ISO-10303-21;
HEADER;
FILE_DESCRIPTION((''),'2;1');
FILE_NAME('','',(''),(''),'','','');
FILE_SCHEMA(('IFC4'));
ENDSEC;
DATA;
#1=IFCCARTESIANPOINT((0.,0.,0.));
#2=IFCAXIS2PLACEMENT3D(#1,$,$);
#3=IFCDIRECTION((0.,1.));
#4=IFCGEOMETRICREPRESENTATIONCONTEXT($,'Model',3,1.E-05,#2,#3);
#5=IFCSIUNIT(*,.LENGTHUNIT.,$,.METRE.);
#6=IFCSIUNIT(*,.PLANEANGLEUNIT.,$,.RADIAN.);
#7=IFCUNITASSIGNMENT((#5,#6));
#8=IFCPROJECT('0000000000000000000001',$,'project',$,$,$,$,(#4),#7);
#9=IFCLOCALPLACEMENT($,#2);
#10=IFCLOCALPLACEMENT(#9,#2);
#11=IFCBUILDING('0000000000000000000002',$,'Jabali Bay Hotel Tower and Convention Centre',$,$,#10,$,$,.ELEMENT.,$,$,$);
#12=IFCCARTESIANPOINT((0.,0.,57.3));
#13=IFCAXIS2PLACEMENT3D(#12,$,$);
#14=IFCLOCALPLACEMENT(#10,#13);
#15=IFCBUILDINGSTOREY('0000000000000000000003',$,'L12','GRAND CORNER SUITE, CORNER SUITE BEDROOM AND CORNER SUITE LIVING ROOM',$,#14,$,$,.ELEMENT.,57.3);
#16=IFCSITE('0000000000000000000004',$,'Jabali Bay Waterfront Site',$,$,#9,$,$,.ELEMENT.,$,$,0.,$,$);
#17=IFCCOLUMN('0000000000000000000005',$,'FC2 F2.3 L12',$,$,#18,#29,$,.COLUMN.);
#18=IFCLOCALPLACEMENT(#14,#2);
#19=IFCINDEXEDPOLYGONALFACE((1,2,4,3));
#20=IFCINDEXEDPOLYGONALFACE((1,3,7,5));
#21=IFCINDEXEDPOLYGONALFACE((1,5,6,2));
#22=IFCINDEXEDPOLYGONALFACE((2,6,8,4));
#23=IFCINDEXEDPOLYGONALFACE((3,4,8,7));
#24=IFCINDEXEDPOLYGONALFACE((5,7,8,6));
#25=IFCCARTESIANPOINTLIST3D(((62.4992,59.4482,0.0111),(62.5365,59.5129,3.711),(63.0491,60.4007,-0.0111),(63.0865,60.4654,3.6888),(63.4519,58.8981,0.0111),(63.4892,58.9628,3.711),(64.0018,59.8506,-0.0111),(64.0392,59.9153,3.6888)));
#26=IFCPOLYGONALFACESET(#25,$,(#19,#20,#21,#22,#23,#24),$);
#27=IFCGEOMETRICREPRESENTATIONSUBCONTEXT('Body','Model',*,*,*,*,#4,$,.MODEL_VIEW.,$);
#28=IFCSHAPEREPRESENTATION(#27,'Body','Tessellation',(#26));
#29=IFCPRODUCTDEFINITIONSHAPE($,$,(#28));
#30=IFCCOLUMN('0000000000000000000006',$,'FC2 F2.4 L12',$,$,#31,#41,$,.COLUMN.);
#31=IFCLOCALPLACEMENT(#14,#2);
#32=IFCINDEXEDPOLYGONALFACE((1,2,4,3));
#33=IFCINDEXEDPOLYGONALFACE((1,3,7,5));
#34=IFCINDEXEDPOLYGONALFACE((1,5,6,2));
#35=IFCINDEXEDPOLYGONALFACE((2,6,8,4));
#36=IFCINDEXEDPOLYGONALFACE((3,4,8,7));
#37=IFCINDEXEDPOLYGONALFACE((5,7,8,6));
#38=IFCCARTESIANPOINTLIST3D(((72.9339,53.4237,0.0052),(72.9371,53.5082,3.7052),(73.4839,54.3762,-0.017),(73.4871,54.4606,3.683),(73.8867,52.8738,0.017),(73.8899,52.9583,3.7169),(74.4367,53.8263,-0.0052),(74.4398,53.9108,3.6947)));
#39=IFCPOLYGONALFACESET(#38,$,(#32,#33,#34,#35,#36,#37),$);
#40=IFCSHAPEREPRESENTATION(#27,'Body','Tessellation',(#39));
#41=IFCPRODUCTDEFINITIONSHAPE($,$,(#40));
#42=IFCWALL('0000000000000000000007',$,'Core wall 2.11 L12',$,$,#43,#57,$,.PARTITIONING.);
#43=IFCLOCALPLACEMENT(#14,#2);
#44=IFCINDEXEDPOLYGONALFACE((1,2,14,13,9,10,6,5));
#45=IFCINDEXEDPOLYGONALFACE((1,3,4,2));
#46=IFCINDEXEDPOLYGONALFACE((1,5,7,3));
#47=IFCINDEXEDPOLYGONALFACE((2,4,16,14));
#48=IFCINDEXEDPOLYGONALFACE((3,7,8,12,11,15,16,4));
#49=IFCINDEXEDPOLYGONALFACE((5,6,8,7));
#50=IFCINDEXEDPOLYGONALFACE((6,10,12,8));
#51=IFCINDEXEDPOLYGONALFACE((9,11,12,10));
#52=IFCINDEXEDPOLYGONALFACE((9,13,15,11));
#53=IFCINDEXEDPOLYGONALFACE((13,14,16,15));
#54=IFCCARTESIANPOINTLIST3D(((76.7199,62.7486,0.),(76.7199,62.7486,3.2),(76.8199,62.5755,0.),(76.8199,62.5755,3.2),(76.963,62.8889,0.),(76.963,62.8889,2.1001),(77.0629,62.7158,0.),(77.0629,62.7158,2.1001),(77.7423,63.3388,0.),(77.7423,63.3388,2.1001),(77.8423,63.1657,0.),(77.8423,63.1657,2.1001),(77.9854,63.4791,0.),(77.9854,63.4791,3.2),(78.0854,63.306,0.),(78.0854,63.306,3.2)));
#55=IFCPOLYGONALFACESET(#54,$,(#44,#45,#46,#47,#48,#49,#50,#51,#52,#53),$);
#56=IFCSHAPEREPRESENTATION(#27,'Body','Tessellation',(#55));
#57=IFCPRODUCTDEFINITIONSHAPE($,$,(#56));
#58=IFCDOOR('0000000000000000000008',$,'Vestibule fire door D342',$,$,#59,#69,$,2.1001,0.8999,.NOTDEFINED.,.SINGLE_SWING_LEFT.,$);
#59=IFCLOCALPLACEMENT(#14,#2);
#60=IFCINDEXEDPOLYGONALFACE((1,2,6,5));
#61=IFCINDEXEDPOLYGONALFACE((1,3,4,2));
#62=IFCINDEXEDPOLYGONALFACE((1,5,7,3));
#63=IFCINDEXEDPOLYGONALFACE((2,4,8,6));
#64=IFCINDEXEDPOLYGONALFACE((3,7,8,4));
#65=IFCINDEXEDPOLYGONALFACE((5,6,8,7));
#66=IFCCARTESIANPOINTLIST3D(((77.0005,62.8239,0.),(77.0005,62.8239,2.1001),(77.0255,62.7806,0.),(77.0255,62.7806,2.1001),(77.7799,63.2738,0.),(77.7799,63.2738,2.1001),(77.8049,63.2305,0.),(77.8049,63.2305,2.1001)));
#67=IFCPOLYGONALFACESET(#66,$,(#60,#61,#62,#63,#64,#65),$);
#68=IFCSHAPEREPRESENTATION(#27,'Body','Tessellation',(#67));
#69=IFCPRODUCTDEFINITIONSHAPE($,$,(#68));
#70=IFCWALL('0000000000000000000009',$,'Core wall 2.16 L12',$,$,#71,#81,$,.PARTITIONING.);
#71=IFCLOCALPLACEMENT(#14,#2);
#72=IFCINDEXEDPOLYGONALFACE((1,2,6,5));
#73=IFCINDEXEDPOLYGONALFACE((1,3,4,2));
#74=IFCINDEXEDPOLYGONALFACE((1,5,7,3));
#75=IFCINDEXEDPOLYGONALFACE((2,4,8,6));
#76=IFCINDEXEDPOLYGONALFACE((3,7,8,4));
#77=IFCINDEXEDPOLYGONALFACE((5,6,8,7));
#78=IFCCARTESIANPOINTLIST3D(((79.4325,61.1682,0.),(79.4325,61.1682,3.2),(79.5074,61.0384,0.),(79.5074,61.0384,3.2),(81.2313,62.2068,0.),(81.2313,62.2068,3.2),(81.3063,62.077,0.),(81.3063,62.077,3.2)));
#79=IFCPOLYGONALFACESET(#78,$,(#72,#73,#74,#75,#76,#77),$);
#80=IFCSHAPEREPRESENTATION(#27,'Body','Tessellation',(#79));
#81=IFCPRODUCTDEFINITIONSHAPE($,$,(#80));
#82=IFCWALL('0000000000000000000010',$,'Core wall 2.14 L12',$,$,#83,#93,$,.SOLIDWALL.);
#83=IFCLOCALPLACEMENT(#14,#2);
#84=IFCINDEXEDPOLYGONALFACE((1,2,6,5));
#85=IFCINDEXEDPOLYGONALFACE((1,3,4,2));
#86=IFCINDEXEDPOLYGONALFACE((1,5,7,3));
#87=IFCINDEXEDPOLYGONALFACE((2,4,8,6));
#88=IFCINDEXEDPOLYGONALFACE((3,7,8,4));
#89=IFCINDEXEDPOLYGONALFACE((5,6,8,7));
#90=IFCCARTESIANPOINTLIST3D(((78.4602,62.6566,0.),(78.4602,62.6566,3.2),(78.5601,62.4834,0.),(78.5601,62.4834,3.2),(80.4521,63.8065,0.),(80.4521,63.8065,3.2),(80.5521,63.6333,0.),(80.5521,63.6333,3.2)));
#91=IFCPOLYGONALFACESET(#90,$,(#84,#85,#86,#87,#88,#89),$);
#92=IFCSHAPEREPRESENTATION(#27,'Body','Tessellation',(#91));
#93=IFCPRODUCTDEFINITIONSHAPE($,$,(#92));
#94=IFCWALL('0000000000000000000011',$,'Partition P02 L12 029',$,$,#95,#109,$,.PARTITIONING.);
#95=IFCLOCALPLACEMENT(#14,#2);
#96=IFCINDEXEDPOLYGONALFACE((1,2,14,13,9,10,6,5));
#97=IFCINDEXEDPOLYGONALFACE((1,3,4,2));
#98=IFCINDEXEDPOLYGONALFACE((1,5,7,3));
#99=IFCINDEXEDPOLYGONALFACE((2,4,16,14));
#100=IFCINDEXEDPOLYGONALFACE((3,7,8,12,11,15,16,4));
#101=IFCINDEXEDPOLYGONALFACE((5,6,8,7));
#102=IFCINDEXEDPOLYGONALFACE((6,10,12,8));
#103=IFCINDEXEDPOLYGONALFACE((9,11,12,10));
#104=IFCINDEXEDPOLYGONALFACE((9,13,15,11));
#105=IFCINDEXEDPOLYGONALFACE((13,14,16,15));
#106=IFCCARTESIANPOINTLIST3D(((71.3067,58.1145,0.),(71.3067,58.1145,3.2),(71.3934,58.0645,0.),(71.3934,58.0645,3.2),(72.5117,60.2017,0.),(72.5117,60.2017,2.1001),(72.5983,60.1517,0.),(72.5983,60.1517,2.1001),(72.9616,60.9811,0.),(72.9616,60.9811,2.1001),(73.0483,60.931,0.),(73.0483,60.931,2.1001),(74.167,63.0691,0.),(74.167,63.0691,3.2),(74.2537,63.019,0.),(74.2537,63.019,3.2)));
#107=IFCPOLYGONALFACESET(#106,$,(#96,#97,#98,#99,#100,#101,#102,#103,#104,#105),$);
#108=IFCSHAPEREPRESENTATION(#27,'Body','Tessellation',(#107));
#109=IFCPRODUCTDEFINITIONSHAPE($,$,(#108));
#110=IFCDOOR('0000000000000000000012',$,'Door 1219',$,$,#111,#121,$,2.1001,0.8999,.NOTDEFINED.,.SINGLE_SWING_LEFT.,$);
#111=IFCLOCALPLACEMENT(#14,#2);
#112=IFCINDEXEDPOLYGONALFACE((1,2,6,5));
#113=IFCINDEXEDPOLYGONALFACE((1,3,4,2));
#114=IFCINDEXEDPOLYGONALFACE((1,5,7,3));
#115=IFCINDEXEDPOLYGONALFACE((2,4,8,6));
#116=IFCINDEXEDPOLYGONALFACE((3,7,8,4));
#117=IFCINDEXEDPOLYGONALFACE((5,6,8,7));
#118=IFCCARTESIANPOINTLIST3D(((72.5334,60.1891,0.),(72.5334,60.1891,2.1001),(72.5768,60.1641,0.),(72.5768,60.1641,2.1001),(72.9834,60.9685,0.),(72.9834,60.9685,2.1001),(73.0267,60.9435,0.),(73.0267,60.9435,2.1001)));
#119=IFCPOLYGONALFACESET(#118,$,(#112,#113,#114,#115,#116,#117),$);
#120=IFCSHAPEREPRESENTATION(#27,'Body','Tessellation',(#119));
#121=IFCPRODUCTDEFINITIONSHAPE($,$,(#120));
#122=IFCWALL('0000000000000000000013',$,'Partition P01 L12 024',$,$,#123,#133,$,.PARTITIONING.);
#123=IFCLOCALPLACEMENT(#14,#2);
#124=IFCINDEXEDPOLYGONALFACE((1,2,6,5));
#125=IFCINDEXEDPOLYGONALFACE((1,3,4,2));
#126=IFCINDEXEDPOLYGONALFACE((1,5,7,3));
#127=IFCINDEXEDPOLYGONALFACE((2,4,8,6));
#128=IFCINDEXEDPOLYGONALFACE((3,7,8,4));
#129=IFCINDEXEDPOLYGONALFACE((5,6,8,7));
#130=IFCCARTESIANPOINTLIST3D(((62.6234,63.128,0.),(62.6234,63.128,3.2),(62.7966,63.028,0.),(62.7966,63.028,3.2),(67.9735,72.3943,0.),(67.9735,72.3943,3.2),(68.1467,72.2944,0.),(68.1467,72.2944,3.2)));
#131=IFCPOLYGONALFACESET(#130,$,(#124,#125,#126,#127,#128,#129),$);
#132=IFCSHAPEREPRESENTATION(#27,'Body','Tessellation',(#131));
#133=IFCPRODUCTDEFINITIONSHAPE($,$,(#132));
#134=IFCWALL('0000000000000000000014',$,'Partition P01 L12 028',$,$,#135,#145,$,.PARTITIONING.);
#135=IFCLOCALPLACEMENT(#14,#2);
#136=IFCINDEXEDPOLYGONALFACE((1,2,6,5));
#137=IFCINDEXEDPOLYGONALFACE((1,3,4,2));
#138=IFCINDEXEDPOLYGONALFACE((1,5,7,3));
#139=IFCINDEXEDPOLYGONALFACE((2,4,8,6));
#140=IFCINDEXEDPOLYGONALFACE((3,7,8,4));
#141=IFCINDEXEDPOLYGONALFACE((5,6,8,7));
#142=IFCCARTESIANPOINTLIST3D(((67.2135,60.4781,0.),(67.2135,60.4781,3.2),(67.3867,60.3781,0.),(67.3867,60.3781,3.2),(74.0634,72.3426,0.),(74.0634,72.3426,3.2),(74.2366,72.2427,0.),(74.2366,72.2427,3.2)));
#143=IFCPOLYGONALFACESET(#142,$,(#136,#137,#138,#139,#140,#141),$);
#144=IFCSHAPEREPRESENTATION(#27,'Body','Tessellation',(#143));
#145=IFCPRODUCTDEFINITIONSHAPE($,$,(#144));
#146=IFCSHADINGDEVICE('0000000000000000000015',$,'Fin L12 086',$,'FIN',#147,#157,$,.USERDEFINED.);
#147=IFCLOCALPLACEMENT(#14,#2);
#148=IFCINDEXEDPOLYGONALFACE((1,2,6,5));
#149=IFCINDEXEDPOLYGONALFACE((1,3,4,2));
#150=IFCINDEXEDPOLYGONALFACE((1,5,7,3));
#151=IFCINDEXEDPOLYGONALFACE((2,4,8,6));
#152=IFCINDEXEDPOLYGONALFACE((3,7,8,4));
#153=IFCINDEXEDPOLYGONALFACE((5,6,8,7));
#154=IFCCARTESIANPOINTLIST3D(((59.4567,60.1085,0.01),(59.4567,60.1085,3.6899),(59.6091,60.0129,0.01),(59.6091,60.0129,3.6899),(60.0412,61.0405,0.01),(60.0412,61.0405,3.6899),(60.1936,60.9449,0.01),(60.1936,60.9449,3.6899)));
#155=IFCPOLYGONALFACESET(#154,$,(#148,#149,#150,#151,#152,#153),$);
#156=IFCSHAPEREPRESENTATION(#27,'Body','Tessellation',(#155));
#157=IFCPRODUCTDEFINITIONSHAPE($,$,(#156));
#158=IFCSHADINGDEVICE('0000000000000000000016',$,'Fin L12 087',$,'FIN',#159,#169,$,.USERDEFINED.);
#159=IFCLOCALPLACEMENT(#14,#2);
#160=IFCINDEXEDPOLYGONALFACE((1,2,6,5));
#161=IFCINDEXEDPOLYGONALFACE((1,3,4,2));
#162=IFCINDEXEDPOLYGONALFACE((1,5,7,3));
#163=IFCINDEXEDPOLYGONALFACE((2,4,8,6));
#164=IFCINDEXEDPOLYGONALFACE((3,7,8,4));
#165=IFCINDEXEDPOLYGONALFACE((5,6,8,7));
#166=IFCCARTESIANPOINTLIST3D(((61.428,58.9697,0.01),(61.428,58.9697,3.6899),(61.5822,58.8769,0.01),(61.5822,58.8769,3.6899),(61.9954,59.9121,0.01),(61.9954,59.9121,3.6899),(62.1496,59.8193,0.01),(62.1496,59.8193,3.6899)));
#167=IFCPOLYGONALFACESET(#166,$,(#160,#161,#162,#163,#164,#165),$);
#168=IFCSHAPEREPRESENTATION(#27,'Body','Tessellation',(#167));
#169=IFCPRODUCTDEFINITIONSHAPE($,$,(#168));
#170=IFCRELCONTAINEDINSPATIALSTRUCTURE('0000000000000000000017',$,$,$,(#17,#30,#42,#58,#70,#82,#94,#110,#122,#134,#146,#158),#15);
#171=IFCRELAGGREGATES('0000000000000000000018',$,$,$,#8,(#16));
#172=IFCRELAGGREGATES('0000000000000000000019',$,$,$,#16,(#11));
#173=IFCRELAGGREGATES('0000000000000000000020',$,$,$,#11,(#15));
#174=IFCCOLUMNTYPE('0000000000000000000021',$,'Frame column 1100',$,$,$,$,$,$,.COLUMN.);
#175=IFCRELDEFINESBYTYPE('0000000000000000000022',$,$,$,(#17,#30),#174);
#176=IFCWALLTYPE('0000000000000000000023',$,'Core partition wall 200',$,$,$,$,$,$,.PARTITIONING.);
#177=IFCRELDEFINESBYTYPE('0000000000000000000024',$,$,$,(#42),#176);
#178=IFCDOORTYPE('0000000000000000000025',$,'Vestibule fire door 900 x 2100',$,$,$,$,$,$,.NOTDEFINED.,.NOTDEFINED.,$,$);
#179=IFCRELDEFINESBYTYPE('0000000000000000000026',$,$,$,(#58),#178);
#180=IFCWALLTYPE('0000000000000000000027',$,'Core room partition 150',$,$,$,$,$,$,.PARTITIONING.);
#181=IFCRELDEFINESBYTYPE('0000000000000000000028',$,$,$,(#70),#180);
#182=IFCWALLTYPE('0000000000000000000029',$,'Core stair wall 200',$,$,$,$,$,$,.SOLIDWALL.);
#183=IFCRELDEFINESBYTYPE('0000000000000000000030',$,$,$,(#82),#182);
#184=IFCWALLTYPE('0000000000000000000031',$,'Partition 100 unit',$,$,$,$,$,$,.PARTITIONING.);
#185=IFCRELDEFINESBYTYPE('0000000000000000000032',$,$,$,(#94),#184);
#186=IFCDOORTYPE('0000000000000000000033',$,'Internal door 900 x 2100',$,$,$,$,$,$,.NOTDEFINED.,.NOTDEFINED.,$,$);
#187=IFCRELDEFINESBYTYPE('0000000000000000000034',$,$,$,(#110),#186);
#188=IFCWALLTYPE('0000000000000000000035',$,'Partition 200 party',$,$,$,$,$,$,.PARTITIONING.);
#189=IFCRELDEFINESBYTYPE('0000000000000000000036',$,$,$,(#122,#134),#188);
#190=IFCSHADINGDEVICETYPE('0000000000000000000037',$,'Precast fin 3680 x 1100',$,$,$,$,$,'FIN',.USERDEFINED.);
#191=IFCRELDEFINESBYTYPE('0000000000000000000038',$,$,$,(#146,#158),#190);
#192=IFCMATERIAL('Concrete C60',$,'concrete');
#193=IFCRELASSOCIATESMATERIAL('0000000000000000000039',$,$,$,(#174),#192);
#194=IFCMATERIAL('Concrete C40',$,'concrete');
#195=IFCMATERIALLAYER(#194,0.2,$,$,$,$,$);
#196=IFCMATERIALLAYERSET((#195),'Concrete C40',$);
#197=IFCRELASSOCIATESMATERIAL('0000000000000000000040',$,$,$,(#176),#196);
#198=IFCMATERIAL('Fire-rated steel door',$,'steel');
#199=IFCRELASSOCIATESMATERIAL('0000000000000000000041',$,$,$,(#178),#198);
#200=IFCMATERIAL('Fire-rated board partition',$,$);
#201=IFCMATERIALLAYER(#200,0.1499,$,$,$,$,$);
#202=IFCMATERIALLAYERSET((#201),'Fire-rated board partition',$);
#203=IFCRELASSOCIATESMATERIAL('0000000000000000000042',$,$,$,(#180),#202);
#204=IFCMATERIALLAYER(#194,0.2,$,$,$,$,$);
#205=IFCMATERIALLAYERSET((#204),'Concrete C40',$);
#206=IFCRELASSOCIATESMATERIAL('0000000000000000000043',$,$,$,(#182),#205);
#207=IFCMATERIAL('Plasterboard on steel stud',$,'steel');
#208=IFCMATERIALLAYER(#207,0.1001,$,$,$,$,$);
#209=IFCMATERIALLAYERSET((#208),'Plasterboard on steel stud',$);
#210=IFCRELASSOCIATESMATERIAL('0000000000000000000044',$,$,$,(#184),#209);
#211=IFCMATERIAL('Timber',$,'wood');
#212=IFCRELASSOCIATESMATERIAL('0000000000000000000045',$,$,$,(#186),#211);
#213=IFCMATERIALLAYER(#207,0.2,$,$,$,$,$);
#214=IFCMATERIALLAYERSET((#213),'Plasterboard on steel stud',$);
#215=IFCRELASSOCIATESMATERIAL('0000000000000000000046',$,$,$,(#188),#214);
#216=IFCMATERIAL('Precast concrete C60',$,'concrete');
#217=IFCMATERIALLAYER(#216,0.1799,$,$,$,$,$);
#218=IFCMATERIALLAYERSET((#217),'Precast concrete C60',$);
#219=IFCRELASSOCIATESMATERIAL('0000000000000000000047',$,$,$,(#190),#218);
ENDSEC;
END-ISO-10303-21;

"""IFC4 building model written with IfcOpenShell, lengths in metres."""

from ifc_helpers import new_model, si_unit, direction, frame, frame_2d, origin, origin_2d, place, context, subcontext, project, spatial, rectangle, extrude, material, layer, layer_set, material_profile, profile_set, type_object, element, fill, save


model = new_model("IFC4")

# Units and contexts
model_context = context("Model", 3, precision=1e-05, world=origin(), true_north=direction((0.0, 1.0)))
body_context = subcontext(model_context, "Body", "Model", "MODEL_VIEW")
ifc_project = project(units=[si_unit("LENGTHUNIT", "METRE"), si_unit("PLANEANGLEUNIT", "RADIAN")], contexts=[model_context])

# Site, building, storey
site_placement = place(None, origin())
site = spatial("IfcSite", under=ifc_project, at=site_placement, Name="Jabali Bay Waterfront Site", CompositionType="ELEMENT", RefElevation=0.0)
building_placement = place(site_placement, origin())
building = spatial("IfcBuilding", under=site, at=building_placement, Name="Jabali Bay Hotel Tower and Convention Centre", CompositionType="ELEMENT")
storey_placement = place(building_placement, frame((0.0, 0.0, 57.3)))
storey = spatial("IfcBuildingStorey", under=building, at=storey_placement, Name="L12", Description="GRAND CORNER SUITE, CORNER SUITE BEDROOM AND CORNER SUITE LIVING ROOM", CompositionType="ELEMENT", Elevation=57.3)

# Columns
ifc_material_1 = material(Name="Concrete C60", Category="concrete")
ifc_material_profile = material_profile(ifc_material_1, rectangle(XDim=1.1001, YDim=1.1001, at=origin_2d()), Name="Frame column 1100")
ifc_profile_set = profile_set([ifc_material_profile], Name="Concrete C60")
column_type = type_object("IfcColumnType", Name="Frame column 1100", PredefinedType="COLUMN", material=ifc_profile_set)
column_1_placement = place(storey_placement, frame((63.2505, 59.6494, 0.0), z_axis=(0.010094, 0.017482, 0.999796), x_axis=(-0.866026, 0.499999, 0.0)))
element("IfcColumn", 1, at=column_1_placement, inside=storey, type_object=column_type, Name="FC2 F2.3 L12", PredefinedType="COLUMN", context=body_context, shape_type="SweptSolid", body=[
    extrude(rectangle(XDim=1.1001, YDim=1.1001, at=origin_2d()), origin(), (0.0, 0.0, 1.0), 3.7007),
])
column_2_placement = place(storey_placement, frame((73.6853, 53.625, 0.0), z_axis=(0.000858, 0.022825, 0.999739), x_axis=(-0.499939, -0.865825, 0.020196)))
element("IfcColumn", 2, at=column_2_placement, inside=storey, type_object=column_type, Name="FC2 F2.4 L12", PredefinedType="COLUMN", context=body_context, shape_type="SweptSolid", body=[
    extrude(rectangle(XDim=1.1001, YDim=1.1001, at=origin_2d()), origin(), (0.0, 0.0, 1.0), 3.7009),
])

# Wall, opening, door
ifc_material_2 = material(Name="Concrete C40", Category="concrete")
ifc_layer_1 = layer(ifc_material_2, 0.2)
ifc_layer_set_1 = layer_set([ifc_layer_1], Name="Concrete C40")
wall_type_1 = type_object("IfcWallType", Name="Core partition wall 200", PredefinedType="PARTITIONING", material=ifc_layer_set_1)
wall_1_placement = place(storey_placement, frame((76.77, 62.6621, 0.0), z_axis=(0.0, 0.0, 1.0), x_axis=(0.866055, 0.499949, 0.0)))
wall_1 = element("IfcWall", 3, at=wall_1_placement, inside=storey, type_object=wall_type_1, Name="Core wall 2.11 L12", PredefinedType="PARTITIONING", context=body_context, shape_type="SweptSolid", body=[
    extrude(rectangle(XDim=1.4612, YDim=0.2, at=frame_2d((0.7305, 0.0))), origin(), (0.0, 0.0, 1.0), 3.2),
])
opening_1_placement = place(wall_1_placement, frame((0.2805, 0.0, 0.0)))
opening_1 = element("IfcOpeningElement", 4, at=opening_1_placement, cuts=wall_1, PredefinedType="OPENING", context=body_context, shape_type="SweptSolid", body=[
    extrude(rectangle(XDim=0.8999, YDim=2.1001, at=frame_2d((0.45, 1.05))), frame((0.0, 0.1104, 0.0), z_axis=(0.0, -1.0, 0.0), x_axis=(1.0, 0.0, 0.0)), (0.0, 0.0, 1.0), 0.2209),
])
ifc_material_3 = material(Name="Fire-rated steel door", Category="steel")
door_type_1 = type_object("IfcDoorType", Name="Vestibule fire door 900 x 2100", OperationType="NOTDEFINED", PredefinedType="NOTDEFINED", material=ifc_material_3)
door_1_placement = place(opening_1_placement, origin())
door_1 = element("IfcDoor", 5, at=door_1_placement, inside=storey, type_object=door_type_1, Name="Vestibule fire door D342", OperationType="SINGLE_SWING_LEFT", OverallHeight=2.1001, OverallWidth=0.8999, PredefinedType="NOTDEFINED", context=body_context, shape_type="SweptSolid", body=[
    extrude(rectangle(XDim=0.8999, YDim=2.1001, at=frame_2d((0.45, 1.05))), frame((0.0, 0.0249, 0.0), z_axis=(0.0, -1.0, 0.0), x_axis=(1.0, 0.0, 0.0)), (0.0, 0.0, 1.0), 0.05),
])
fill(opening_1, door_1)

# Walls
ifc_material_4 = material(Name="Fire-rated board partition")
ifc_layer_2 = layer(ifc_material_4, 0.1499)
ifc_layer_set_2 = layer_set([ifc_layer_2], Name="Fire-rated board partition")
wall_type_2 = type_object("IfcWallType", Name="Core room partition 150", PredefinedType="PARTITIONING", material=ifc_layer_set_2)
wall_2_placement = place(storey_placement, frame((79.47, 61.1033, 0.0), z_axis=(0.0, 0.0, 1.0), x_axis=(0.866021, 0.500007, 0.0)))
element("IfcWall", 6, at=wall_2_placement, inside=storey, type_object=wall_type_2, Name="Core wall 2.16 L12", PredefinedType="PARTITIONING", context=body_context, shape_type="SweptSolid", body=[
    extrude(rectangle(XDim=2.0771, YDim=0.1499, at=frame_2d((1.0386, 0.0))), origin(), (0.0, 0.0, 1.0), 3.2),
])
ifc_layer_3 = layer(ifc_material_2, 0.2)
ifc_layer_set_3 = layer_set([ifc_layer_3], Name="Concrete C40")
wall_type_3 = type_object("IfcWallType", Name="Core stair wall 200", PredefinedType="SOLIDWALL", material=ifc_layer_set_3)
wall_3_placement = place(storey_placement, frame((78.5103, 62.5701, 0.0), z_axis=(0.0, 0.0, 1.0), x_axis=(0.866053, 0.499952, 0.0)))
element("IfcWall", 7, at=wall_3_placement, inside=storey, type_object=wall_type_3, Name="Core wall 2.14 L12", PredefinedType="SOLIDWALL", context=body_context, shape_type="SweptSolid", body=[
    extrude(rectangle(XDim=2.3, YDim=0.2, at=frame_2d((1.1499, 0.0))), origin(), (0.0, 0.0, 1.0), 3.2),
])

# Wall, opening, door
ifc_material_5 = material(Name="Plasterboard on steel stud", Category="steel")
ifc_layer_4 = layer(ifc_material_5, 0.1001)
ifc_layer_set_4 = layer_set([ifc_layer_4], Name="Plasterboard on steel stud")
wall_type_4 = type_object("IfcWallType", Name="Partition 100 unit", PredefinedType="PARTITIONING", material=ifc_layer_set_4)
wall_4_placement = place(storey_placement, frame((71.3501, 58.0896, 0.0), z_axis=(0.0, 0.0, 1.0), x_axis=(0.499976, 0.866039, 0.0)))
wall_4 = element("IfcWall", 8, at=wall_4_placement, inside=storey, type_object=wall_type_4, Name="Partition P02 L12 029", PredefinedType="PARTITIONING", context=body_context, shape_type="SweptSolid", body=[
    extrude(rectangle(XDim=5.7209, YDim=0.1001, at=frame_2d((2.8604, 0.0))), origin(), (0.0, 0.0, 1.0), 3.2),
])
opening_2_placement = place(wall_4_placement, frame((2.4099, 0.0, 0.0)))
opening_2 = element("IfcOpeningElement", 9, at=opening_2_placement, cuts=wall_4, PredefinedType="OPENING", context=body_context, shape_type="SweptSolid", body=[
    extrude(rectangle(XDim=0.8999, YDim=2.1001, at=frame_2d((0.45, 1.05))), frame((0.0, 0.0605, 0.0), z_axis=(0.0, -1.0, 0.0), x_axis=(1.0, 0.0, 0.0)), (0.0, 0.0, 1.0), 0.1211),
])
ifc_material_6 = material(Name="Timber", Category="wood")
door_type_2 = type_object("IfcDoorType", Name="Internal door 900 x 2100", OperationType="NOTDEFINED", PredefinedType="NOTDEFINED", material=ifc_material_6)
door_2_placement = place(opening_2_placement, origin())
door_2 = element("IfcDoor", 10, at=door_2_placement, inside=storey, type_object=door_type_2, Name="Door 1219", OperationType="SINGLE_SWING_LEFT", OverallHeight=2.1001, OverallWidth=0.8999, PredefinedType="NOTDEFINED", context=body_context, shape_type="SweptSolid", body=[
    extrude(rectangle(XDim=0.8999, YDim=2.1001, at=frame_2d((0.45, 1.05))), frame((0.0, 0.0249, 0.0), z_axis=(0.0, -1.0, 0.0), x_axis=(1.0, 0.0, 0.0)), (0.0, 0.0, 1.0), 0.05),
])
fill(opening_2, door_2)

# Walls
ifc_layer_5 = layer(ifc_material_5, 0.2)
ifc_layer_set_5 = layer_set([ifc_layer_5], Name="Plasterboard on steel stud")
wall_type_5 = type_object("IfcWallType", Name="Partition 200 party", PredefinedType="PARTITIONING", material=ifc_layer_set_5)
wall_5_placement = place(storey_placement, frame((62.71, 63.0779, 0.0), z_axis=(0.0, 0.0, 1.0), x_axis=(0.500011, 0.866019, 0.0)))
element("IfcWall", 11, at=wall_5_placement, inside=storey, type_object=wall_type_5, Name="Partition P01 L12 024", PredefinedType="PARTITIONING", context=body_context, shape_type="SweptSolid", body=[
    extrude(rectangle(XDim=10.7, YDim=0.2, at=frame_2d((5.3501, 0.0))), origin(), (0.0, 0.0, 1.0), 3.2),
])
wall_6_placement = place(storey_placement, frame((67.3, 60.428, 0.0), z_axis=(0.0, 0.0, 1.0), x_axis=(0.499993, 0.866029, 0.0)))
element("IfcWall", 12, at=wall_6_placement, inside=storey, type_object=wall_type_5, Name="Partition P01 L12 028", PredefinedType="PARTITIONING", context=body_context, shape_type="SweptSolid", body=[
    extrude(rectangle(XDim=13.7, YDim=0.2, at=frame_2d((6.8501, 0.0))), origin(), (0.0, 0.0, 1.0), 3.2),
])

# Shading devices
ifc_material_7 = material(Name="Precast concrete C60", Category="concrete")
ifc_layer_6 = layer(ifc_material_7, 0.1799)
ifc_layer_set_6 = layer_set([ifc_layer_6], Name="Precast concrete C60")
shading_device_type = type_object("IfcShadingDeviceType", Name="Precast fin 3680 x 1100", ElementType="FIN", PredefinedType="USERDEFINED", material=ifc_layer_set_6)
for number, where, z_axis, x_axis, name in (
    (13, (60.1174, 60.9927, 0.01), (0.0, 0.0, 1.0), (-0.531335, -0.847162, 0.0), "Fin L12 086"),
    (14, (62.0725, 59.8657, 0.01), (0.0, 0.0, 1.0), (-0.515801, -0.856709, 0.0), "Fin L12 087"),
):
    element("IfcShadingDevice", number, at=place(storey_placement, frame(where, z_axis=z_axis, x_axis=x_axis)), inside=storey, type_object=shading_device_type, Name=name, ObjectType="FIN", PredefinedType="USERDEFINED", context=body_context, shape_type="SweptSolid", body=[
        extrude(rectangle(XDim=1.1001, YDim=0.1799, at=frame_2d((0.55, 0.0))), origin(), (0.0, 0.0, 1.0), 3.6799),
    ])

save(model, "model.ifc")
